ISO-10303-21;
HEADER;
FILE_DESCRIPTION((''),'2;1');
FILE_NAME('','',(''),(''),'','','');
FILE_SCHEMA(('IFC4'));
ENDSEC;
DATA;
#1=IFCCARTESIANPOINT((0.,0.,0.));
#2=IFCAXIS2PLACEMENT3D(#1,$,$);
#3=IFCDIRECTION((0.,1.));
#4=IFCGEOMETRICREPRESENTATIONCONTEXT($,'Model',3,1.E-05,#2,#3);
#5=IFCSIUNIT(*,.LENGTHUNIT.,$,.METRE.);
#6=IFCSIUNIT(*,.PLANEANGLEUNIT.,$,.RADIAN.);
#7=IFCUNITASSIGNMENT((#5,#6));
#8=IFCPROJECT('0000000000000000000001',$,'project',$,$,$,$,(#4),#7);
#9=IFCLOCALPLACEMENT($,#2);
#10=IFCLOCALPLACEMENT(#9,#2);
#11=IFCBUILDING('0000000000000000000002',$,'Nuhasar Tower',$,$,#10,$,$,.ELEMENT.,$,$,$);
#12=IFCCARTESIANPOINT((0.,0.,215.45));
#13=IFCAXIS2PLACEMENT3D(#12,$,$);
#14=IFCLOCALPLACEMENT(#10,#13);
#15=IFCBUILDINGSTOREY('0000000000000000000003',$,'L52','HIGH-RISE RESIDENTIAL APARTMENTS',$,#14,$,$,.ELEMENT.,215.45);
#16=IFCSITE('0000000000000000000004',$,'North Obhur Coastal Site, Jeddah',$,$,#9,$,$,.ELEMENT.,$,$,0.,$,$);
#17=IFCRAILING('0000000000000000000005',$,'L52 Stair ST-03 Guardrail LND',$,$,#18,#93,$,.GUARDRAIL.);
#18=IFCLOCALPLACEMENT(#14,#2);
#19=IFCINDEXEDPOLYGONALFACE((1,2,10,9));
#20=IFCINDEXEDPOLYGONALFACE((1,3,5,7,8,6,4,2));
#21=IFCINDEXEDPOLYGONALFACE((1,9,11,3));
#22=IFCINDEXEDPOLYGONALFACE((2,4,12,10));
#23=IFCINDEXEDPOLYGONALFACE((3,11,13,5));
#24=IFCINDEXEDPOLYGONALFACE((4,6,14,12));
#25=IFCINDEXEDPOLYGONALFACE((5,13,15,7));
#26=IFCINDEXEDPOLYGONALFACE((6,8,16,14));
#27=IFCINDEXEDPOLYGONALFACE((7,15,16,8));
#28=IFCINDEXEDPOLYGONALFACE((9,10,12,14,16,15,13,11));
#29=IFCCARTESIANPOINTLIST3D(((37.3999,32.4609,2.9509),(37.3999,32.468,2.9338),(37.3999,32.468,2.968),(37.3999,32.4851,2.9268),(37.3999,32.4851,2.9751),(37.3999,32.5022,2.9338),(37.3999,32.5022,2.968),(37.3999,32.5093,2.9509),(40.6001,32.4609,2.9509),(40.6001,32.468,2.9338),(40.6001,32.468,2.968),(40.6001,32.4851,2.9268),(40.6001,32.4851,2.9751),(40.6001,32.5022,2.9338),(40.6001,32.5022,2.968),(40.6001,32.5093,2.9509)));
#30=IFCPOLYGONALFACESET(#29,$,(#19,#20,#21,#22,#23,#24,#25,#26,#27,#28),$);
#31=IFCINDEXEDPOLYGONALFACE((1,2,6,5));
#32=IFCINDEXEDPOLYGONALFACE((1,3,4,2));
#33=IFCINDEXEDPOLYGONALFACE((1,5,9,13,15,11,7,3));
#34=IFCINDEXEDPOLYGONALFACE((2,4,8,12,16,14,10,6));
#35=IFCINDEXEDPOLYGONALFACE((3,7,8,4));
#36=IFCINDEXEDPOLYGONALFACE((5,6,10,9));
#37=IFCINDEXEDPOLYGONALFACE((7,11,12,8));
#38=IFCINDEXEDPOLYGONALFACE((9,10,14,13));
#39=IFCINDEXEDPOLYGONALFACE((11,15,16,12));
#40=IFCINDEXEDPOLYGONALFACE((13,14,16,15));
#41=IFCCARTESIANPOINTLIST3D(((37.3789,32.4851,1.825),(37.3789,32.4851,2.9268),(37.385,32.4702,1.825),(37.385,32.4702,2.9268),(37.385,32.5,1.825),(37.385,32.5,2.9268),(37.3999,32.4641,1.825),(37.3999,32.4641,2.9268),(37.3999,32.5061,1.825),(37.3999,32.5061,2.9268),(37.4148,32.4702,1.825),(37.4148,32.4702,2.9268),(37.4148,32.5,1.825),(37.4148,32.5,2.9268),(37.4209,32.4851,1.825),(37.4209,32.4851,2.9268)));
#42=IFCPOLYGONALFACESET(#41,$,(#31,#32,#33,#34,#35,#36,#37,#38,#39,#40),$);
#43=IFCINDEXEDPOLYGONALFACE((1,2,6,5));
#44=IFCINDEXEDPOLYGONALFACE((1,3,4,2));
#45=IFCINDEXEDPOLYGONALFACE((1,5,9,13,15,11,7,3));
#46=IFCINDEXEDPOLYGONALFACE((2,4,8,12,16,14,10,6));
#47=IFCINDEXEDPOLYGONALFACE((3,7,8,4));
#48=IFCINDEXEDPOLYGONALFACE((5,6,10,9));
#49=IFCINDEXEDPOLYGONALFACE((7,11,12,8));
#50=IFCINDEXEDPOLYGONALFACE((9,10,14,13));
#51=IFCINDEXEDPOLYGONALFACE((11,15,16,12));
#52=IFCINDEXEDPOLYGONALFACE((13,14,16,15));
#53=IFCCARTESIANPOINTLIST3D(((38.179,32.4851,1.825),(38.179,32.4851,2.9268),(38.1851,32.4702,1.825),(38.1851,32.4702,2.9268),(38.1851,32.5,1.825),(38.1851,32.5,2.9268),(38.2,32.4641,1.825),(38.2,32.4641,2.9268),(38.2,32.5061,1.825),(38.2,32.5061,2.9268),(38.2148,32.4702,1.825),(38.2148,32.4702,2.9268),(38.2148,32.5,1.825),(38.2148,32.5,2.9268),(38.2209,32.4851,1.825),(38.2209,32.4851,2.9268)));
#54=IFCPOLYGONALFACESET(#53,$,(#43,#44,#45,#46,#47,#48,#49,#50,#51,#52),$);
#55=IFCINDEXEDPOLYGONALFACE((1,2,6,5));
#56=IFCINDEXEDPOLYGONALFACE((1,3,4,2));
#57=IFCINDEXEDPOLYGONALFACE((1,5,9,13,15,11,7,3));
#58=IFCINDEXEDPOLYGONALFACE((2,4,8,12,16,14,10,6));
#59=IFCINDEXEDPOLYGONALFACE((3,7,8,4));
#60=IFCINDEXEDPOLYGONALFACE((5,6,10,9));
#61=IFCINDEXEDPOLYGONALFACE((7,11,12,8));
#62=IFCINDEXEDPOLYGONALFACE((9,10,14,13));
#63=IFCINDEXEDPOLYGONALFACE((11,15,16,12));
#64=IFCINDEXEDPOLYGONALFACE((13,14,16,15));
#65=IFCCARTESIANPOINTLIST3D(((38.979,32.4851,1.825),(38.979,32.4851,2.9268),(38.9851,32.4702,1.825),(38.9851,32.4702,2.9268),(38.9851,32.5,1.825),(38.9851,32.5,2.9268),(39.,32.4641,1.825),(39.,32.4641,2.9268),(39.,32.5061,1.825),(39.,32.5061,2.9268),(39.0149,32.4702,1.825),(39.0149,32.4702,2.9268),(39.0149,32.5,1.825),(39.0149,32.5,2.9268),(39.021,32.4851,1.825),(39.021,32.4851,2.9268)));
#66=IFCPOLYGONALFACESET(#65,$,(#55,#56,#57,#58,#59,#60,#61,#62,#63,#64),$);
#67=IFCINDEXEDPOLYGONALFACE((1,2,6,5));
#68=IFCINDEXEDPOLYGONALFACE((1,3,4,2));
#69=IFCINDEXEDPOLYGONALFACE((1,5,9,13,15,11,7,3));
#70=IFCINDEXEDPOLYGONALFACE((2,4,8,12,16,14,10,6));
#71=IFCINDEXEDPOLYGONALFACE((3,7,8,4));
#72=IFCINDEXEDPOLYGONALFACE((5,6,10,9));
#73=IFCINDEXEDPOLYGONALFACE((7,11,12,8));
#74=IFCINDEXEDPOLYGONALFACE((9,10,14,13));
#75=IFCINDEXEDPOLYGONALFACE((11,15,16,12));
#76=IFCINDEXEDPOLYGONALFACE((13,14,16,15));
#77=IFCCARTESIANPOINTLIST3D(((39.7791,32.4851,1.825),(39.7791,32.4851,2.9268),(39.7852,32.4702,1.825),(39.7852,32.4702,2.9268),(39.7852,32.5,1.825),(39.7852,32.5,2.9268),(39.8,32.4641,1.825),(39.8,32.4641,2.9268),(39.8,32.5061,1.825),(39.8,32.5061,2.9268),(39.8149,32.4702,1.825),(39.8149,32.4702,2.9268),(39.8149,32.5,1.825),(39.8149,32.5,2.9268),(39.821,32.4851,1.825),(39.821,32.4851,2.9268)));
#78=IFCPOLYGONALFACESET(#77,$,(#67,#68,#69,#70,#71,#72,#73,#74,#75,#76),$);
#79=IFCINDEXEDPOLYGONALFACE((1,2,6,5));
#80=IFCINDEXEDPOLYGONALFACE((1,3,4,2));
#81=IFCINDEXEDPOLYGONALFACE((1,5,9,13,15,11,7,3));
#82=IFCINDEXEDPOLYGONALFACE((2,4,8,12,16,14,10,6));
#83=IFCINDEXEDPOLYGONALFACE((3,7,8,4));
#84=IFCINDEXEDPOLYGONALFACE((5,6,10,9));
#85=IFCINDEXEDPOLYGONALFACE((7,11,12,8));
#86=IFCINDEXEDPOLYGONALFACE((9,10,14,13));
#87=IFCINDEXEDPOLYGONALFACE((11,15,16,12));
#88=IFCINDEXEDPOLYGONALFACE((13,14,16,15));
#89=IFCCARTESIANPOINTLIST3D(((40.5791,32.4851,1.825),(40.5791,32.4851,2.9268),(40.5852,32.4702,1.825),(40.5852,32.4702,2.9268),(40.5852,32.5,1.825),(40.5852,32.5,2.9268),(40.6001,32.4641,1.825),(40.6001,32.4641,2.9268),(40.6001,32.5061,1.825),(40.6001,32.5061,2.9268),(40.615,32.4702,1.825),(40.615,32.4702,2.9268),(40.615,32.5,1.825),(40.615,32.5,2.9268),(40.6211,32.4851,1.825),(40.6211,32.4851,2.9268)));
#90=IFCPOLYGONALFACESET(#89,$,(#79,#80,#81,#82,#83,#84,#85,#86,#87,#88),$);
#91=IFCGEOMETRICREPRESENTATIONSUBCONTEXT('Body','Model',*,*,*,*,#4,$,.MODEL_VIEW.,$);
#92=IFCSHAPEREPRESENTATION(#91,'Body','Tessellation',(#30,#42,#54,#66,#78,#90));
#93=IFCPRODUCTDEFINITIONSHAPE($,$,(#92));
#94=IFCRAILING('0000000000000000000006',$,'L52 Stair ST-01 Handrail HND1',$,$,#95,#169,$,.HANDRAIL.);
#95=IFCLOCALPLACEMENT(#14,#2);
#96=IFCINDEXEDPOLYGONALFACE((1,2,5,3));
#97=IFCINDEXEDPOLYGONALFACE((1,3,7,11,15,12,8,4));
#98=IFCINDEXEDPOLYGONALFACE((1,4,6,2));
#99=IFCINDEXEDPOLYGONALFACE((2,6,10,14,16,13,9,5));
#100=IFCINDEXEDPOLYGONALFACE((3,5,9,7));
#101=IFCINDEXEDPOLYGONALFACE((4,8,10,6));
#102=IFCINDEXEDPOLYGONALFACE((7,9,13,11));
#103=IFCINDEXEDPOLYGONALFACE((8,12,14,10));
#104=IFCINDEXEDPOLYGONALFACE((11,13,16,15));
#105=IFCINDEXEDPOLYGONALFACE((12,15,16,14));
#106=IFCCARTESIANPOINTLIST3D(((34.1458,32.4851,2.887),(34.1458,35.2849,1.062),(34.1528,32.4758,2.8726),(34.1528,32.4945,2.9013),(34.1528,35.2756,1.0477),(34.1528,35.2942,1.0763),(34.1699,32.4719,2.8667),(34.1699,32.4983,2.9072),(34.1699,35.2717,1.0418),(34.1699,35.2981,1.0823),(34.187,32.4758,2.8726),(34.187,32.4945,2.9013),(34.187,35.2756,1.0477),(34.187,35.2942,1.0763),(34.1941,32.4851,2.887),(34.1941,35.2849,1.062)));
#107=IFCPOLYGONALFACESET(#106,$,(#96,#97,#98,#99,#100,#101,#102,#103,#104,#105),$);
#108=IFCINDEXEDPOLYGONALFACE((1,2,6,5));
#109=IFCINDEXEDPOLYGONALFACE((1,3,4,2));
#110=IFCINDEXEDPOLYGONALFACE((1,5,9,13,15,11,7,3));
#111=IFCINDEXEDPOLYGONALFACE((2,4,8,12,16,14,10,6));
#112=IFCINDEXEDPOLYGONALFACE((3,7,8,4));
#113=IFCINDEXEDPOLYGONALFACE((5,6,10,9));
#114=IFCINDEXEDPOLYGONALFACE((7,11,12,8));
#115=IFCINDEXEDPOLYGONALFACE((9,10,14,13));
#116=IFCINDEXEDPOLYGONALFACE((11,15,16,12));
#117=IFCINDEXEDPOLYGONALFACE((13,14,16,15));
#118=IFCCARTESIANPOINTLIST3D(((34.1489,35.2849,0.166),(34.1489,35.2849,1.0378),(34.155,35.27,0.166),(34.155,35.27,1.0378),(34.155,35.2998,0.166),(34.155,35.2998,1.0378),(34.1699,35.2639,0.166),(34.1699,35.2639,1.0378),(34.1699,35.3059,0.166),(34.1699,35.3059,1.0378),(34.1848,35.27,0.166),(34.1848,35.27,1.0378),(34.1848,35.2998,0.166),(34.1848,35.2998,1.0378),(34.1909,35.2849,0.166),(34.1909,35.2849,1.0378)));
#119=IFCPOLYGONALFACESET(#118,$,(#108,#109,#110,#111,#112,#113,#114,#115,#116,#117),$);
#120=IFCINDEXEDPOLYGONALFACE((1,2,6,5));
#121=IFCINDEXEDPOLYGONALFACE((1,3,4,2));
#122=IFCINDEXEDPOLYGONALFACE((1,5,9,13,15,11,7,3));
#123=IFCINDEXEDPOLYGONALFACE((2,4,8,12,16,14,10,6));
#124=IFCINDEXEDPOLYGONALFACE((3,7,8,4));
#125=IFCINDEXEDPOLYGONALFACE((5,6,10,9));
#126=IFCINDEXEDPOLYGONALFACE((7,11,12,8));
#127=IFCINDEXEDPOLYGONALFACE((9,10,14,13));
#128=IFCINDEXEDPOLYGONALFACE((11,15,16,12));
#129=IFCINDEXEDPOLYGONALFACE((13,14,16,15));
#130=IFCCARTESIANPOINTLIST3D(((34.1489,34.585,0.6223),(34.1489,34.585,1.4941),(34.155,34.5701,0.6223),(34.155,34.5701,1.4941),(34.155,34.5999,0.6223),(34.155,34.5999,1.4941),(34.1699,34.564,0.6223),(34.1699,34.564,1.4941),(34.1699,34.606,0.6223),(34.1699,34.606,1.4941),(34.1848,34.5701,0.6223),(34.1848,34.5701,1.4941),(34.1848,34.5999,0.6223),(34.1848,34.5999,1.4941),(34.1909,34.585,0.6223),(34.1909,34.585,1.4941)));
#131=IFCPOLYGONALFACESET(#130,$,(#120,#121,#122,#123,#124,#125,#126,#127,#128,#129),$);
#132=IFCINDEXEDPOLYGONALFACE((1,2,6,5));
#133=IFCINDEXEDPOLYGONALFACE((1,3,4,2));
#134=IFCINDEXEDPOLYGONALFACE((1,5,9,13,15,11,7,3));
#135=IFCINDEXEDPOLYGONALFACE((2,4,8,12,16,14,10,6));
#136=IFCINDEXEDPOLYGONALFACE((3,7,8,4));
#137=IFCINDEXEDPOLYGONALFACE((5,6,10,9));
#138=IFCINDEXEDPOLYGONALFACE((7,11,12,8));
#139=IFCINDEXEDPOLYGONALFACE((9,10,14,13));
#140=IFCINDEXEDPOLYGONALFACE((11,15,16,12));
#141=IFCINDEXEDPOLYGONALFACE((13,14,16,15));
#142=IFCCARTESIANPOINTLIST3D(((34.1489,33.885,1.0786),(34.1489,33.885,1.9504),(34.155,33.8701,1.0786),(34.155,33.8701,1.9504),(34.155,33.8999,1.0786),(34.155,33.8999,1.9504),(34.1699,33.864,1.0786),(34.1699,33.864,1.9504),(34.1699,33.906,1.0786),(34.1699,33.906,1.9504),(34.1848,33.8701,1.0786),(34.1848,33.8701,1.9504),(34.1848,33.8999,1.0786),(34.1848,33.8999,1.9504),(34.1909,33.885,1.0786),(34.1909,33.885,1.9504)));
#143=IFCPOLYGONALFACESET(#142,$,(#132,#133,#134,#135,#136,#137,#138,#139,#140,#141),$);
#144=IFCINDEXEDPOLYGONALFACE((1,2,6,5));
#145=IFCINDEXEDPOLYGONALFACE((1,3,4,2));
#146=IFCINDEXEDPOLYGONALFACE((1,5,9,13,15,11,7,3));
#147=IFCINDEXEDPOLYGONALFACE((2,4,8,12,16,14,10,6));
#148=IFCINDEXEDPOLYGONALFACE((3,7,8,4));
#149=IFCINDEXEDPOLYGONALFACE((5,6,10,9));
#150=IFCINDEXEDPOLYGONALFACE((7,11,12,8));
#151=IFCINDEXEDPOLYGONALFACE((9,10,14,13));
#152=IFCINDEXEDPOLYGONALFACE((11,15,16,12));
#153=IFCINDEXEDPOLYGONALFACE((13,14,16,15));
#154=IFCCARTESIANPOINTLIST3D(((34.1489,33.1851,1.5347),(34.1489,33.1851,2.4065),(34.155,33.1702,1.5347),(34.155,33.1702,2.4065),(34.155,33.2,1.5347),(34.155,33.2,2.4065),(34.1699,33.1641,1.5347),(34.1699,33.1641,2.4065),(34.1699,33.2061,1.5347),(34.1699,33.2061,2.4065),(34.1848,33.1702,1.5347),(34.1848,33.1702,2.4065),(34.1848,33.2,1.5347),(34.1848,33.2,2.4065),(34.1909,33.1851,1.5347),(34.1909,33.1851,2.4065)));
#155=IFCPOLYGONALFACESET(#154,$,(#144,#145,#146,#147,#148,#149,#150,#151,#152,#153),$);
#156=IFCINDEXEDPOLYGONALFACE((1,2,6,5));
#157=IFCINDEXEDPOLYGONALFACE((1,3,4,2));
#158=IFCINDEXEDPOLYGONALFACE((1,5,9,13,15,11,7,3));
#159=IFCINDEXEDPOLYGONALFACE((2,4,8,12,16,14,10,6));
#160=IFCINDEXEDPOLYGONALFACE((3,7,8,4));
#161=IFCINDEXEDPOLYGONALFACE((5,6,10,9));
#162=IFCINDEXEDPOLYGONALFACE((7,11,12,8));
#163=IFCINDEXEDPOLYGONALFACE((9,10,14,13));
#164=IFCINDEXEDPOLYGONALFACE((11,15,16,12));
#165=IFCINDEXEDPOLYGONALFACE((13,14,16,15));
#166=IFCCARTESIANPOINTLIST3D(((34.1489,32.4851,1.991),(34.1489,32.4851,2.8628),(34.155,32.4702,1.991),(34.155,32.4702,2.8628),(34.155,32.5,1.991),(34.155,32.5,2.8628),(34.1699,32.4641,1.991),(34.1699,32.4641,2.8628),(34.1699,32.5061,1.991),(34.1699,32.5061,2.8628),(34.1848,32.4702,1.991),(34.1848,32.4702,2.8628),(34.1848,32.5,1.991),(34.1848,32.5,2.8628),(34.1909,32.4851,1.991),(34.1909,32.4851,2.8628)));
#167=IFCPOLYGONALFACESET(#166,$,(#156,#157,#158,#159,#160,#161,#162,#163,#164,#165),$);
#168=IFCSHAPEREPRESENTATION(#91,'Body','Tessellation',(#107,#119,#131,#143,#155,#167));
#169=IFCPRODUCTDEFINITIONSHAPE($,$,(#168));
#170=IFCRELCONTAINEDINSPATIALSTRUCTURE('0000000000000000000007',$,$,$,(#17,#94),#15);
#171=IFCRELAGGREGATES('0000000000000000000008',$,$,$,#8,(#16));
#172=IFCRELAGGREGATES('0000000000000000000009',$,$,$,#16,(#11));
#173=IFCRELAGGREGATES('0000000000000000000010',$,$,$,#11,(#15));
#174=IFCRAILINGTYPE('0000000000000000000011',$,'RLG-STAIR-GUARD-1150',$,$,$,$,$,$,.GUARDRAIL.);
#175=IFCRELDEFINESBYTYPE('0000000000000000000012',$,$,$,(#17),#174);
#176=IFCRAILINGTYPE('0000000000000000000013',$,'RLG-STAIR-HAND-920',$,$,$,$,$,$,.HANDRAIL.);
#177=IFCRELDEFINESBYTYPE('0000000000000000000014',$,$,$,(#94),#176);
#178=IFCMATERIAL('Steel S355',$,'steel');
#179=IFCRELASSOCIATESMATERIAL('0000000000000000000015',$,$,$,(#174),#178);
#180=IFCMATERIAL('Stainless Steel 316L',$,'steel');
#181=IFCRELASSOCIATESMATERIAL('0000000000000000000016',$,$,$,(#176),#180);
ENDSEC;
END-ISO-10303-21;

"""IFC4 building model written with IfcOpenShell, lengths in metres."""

from ifc_helpers import new_model, si_unit, direction, frame, origin, place, context, subcontext, project, spatial, polyline, outline, extrude, material, type_object, element, save


model = new_model("IFC4")

# Units and contexts
model_context = context("Model", 3, precision=1e-05, world=origin(), true_north=direction((0.0, 1.0)))
body_context = subcontext(model_context, "Body", "Model", "MODEL_VIEW")
ifc_project = project(units=[si_unit("LENGTHUNIT", "METRE"), si_unit("PLANEANGLEUNIT", "RADIAN")], contexts=[model_context])

# Site, building, storey
site_placement = place(None, origin())
site = spatial("IfcSite", under=ifc_project, at=site_placement, Name="North Obhur Coastal Site, Jeddah", CompositionType="ELEMENT", RefElevation=0.0)
building_placement = place(site_placement, origin())
building = spatial("IfcBuilding", under=site, at=building_placement, Name="Nuhasar Tower", CompositionType="ELEMENT")
storey_placement = place(building_placement, frame((0.0, 0.0, 215.45)))
storey = spatial("IfcBuildingStorey", under=building, at=storey_placement, Name="L52", Description="HIGH-RISE RESIDENTIAL APARTMENTS", CompositionType="ELEMENT", Elevation=215.45)

# Shared definitions
ifc_material_1 = material(Name="Steel S355", Category="steel")

# Railings
railing_type_1 = type_object("IfcRailingType", Name="RLG-STAIR-GUARD-1150", PredefinedType="GUARDRAIL", material=ifc_material_1)
railing_1_placement = place(storey_placement, frame((37.3999, 32.4851, 1.825)))
element("IfcRailing", 1, at=railing_1_placement, inside=storey, type_object=railing_type_1, Name="L52 Stair ST-03 Guardrail LND", PredefinedType="GUARDRAIL", context=body_context, shape_type="SweptSolid", body=[
    extrude(outline(polyline([(0.0242, 0.0), (0.0171, 0.0171), (0.0, 0.0242), (-0.0171, 0.0171), (-0.0242, 0.0), (-0.0171, -0.0171), (0.0, -0.0242), (0.0171, -0.0171), (0.0242, 0.0)])), frame((0.0, 0.0, 1.126), z_axis=(1.0, 0.0, 0.0), x_axis=(0.0, 1.0, 0.0)), (0.0, 0.0, 1.0), 3.2002),
    extrude(outline(polyline([(0.021, 0.0), (0.0149, 0.0149), (0.0, 0.021), (-0.0149, 0.0149), (-0.021, 0.0), (-0.0149, -0.0149), (0.0, -0.021), (0.0149, -0.0149), (0.021, 0.0)])), origin(), (0.0, 0.0, 1.0), 1.1018),
    extrude(outline(polyline([(0.021, 0.0), (0.0149, 0.0149), (0.0, 0.021), (-0.0149, 0.0149), (-0.021, 0.0), (-0.0149, -0.0149), (0.0, -0.021), (0.0149, -0.0149), (0.021, 0.0)])), frame((0.8, 0.0, 0.0)), (0.0, 0.0, 1.0), 1.1018),
    extrude(outline(polyline([(0.021, 0.0), (0.0149, 0.0149), (0.0, 0.021), (-0.0149, 0.0149), (-0.021, 0.0), (-0.0149, -0.0149), (0.0, -0.021), (0.0149, -0.0149), (0.021, 0.0)])), frame((1.6001, 0.0, 0.0)), (0.0, 0.0, 1.0), 1.1018),
    extrude(outline(polyline([(0.021, 0.0), (0.0149, 0.0149), (0.0, 0.021), (-0.0149, 0.0149), (-0.021, 0.0), (-0.0149, -0.0149), (0.0, -0.021), (0.0149, -0.0149), (0.021, 0.0)])), frame((2.4001, 0.0, 0.0)), (0.0, 0.0, 1.0), 1.1018),
    extrude(outline(polyline([(0.021, 0.0), (0.0149, 0.0149), (0.0, 0.021), (-0.0149, 0.0149), (-0.021, 0.0), (-0.0149, -0.0149), (0.0, -0.021), (0.0149, -0.0149), (0.021, 0.0)])), frame((3.2002, 0.0, 0.0)), (0.0, 0.0, 1.0), 1.1018),
])
ifc_material_2 = material(Name="Stainless Steel 316L", Category="steel")
railing_type_2 = type_object("IfcRailingType", Name="RLG-STAIR-HAND-920", PredefinedType="HANDRAIL", material=ifc_material_2)
railing_2_placement = place(storey_placement, frame((34.1699, 35.2849, 0.166)))
element("IfcRailing", 2, at=railing_2_placement, inside=storey, type_object=railing_type_2, Name="L52 Stair ST-01 Handrail HND1", PredefinedType="HANDRAIL", context=body_context, shape_type="SweptSolid", body=[
    extrude(outline(polyline([(0.0242, 0.0), (0.0171, 0.0171), (0.0, 0.0242), (-0.0171, 0.0171), (-0.0242, 0.0), (-0.0171, -0.0171), (0.0, -0.0242), (0.0171, -0.0171), (0.0242, 0.0)])), frame((0.0, 0.0, 0.896), z_axis=(0.0, -0.837749, 0.546056), x_axis=(1.0, 0.0, 0.0)), (0.0, 0.0, 1.0), 3.342),
    extrude(outline(polyline([(0.021, 0.0), (0.0149, 0.0149), (0.0, 0.021), (-0.0149, 0.0149), (-0.021, 0.0), (-0.0149, -0.0149), (0.0, -0.021), (0.0149, -0.0149), (0.021, 0.0)])), origin(), (0.0, 0.0, 1.0), 0.8718),
    extrude(outline(polyline([(0.021, 0.0), (0.0149, 0.0149), (0.0, 0.021), (-0.0149, 0.0149), (-0.021, 0.0), (-0.0149, -0.0149), (0.0, -0.021), (0.0149, -0.0149), (0.021, 0.0)])), frame((0.0, -0.7, 0.4563)), (0.0, 0.0, 1.0), 0.8718),
    extrude(outline(polyline([(0.021, 0.0), (0.0149, 0.0149), (0.0, 0.021), (-0.0149, 0.0149), (-0.021, 0.0), (-0.0149, -0.0149), (0.0, -0.021), (0.0149, -0.0149), (0.021, 0.0)])), frame((0.0, -1.3999, 0.9126)), (0.0, 0.0, 1.0), 0.8718),
    extrude(outline(polyline([(0.021, 0.0), (0.0149, 0.0149), (0.0, 0.021), (-0.0149, 0.0149), (-0.021, 0.0), (-0.0149, -0.0149), (0.0, -0.021), (0.0149, -0.0149), (0.021, 0.0)])), frame((0.0, -2.0999, 1.3687)), (0.0, 0.0, 1.0), 0.8718),
    extrude(outline(polyline([(0.021, 0.0), (0.0149, 0.0149), (0.0, 0.021), (-0.0149, 0.0149), (-0.021, 0.0), (-0.0149, -0.0149), (0.0, -0.021), (0.0149, -0.0149), (0.021, 0.0)])), frame((0.0, -2.7998, 1.825)), (0.0, 0.0, 1.0), 0.8718),
])

save(model, "model.ifc")
